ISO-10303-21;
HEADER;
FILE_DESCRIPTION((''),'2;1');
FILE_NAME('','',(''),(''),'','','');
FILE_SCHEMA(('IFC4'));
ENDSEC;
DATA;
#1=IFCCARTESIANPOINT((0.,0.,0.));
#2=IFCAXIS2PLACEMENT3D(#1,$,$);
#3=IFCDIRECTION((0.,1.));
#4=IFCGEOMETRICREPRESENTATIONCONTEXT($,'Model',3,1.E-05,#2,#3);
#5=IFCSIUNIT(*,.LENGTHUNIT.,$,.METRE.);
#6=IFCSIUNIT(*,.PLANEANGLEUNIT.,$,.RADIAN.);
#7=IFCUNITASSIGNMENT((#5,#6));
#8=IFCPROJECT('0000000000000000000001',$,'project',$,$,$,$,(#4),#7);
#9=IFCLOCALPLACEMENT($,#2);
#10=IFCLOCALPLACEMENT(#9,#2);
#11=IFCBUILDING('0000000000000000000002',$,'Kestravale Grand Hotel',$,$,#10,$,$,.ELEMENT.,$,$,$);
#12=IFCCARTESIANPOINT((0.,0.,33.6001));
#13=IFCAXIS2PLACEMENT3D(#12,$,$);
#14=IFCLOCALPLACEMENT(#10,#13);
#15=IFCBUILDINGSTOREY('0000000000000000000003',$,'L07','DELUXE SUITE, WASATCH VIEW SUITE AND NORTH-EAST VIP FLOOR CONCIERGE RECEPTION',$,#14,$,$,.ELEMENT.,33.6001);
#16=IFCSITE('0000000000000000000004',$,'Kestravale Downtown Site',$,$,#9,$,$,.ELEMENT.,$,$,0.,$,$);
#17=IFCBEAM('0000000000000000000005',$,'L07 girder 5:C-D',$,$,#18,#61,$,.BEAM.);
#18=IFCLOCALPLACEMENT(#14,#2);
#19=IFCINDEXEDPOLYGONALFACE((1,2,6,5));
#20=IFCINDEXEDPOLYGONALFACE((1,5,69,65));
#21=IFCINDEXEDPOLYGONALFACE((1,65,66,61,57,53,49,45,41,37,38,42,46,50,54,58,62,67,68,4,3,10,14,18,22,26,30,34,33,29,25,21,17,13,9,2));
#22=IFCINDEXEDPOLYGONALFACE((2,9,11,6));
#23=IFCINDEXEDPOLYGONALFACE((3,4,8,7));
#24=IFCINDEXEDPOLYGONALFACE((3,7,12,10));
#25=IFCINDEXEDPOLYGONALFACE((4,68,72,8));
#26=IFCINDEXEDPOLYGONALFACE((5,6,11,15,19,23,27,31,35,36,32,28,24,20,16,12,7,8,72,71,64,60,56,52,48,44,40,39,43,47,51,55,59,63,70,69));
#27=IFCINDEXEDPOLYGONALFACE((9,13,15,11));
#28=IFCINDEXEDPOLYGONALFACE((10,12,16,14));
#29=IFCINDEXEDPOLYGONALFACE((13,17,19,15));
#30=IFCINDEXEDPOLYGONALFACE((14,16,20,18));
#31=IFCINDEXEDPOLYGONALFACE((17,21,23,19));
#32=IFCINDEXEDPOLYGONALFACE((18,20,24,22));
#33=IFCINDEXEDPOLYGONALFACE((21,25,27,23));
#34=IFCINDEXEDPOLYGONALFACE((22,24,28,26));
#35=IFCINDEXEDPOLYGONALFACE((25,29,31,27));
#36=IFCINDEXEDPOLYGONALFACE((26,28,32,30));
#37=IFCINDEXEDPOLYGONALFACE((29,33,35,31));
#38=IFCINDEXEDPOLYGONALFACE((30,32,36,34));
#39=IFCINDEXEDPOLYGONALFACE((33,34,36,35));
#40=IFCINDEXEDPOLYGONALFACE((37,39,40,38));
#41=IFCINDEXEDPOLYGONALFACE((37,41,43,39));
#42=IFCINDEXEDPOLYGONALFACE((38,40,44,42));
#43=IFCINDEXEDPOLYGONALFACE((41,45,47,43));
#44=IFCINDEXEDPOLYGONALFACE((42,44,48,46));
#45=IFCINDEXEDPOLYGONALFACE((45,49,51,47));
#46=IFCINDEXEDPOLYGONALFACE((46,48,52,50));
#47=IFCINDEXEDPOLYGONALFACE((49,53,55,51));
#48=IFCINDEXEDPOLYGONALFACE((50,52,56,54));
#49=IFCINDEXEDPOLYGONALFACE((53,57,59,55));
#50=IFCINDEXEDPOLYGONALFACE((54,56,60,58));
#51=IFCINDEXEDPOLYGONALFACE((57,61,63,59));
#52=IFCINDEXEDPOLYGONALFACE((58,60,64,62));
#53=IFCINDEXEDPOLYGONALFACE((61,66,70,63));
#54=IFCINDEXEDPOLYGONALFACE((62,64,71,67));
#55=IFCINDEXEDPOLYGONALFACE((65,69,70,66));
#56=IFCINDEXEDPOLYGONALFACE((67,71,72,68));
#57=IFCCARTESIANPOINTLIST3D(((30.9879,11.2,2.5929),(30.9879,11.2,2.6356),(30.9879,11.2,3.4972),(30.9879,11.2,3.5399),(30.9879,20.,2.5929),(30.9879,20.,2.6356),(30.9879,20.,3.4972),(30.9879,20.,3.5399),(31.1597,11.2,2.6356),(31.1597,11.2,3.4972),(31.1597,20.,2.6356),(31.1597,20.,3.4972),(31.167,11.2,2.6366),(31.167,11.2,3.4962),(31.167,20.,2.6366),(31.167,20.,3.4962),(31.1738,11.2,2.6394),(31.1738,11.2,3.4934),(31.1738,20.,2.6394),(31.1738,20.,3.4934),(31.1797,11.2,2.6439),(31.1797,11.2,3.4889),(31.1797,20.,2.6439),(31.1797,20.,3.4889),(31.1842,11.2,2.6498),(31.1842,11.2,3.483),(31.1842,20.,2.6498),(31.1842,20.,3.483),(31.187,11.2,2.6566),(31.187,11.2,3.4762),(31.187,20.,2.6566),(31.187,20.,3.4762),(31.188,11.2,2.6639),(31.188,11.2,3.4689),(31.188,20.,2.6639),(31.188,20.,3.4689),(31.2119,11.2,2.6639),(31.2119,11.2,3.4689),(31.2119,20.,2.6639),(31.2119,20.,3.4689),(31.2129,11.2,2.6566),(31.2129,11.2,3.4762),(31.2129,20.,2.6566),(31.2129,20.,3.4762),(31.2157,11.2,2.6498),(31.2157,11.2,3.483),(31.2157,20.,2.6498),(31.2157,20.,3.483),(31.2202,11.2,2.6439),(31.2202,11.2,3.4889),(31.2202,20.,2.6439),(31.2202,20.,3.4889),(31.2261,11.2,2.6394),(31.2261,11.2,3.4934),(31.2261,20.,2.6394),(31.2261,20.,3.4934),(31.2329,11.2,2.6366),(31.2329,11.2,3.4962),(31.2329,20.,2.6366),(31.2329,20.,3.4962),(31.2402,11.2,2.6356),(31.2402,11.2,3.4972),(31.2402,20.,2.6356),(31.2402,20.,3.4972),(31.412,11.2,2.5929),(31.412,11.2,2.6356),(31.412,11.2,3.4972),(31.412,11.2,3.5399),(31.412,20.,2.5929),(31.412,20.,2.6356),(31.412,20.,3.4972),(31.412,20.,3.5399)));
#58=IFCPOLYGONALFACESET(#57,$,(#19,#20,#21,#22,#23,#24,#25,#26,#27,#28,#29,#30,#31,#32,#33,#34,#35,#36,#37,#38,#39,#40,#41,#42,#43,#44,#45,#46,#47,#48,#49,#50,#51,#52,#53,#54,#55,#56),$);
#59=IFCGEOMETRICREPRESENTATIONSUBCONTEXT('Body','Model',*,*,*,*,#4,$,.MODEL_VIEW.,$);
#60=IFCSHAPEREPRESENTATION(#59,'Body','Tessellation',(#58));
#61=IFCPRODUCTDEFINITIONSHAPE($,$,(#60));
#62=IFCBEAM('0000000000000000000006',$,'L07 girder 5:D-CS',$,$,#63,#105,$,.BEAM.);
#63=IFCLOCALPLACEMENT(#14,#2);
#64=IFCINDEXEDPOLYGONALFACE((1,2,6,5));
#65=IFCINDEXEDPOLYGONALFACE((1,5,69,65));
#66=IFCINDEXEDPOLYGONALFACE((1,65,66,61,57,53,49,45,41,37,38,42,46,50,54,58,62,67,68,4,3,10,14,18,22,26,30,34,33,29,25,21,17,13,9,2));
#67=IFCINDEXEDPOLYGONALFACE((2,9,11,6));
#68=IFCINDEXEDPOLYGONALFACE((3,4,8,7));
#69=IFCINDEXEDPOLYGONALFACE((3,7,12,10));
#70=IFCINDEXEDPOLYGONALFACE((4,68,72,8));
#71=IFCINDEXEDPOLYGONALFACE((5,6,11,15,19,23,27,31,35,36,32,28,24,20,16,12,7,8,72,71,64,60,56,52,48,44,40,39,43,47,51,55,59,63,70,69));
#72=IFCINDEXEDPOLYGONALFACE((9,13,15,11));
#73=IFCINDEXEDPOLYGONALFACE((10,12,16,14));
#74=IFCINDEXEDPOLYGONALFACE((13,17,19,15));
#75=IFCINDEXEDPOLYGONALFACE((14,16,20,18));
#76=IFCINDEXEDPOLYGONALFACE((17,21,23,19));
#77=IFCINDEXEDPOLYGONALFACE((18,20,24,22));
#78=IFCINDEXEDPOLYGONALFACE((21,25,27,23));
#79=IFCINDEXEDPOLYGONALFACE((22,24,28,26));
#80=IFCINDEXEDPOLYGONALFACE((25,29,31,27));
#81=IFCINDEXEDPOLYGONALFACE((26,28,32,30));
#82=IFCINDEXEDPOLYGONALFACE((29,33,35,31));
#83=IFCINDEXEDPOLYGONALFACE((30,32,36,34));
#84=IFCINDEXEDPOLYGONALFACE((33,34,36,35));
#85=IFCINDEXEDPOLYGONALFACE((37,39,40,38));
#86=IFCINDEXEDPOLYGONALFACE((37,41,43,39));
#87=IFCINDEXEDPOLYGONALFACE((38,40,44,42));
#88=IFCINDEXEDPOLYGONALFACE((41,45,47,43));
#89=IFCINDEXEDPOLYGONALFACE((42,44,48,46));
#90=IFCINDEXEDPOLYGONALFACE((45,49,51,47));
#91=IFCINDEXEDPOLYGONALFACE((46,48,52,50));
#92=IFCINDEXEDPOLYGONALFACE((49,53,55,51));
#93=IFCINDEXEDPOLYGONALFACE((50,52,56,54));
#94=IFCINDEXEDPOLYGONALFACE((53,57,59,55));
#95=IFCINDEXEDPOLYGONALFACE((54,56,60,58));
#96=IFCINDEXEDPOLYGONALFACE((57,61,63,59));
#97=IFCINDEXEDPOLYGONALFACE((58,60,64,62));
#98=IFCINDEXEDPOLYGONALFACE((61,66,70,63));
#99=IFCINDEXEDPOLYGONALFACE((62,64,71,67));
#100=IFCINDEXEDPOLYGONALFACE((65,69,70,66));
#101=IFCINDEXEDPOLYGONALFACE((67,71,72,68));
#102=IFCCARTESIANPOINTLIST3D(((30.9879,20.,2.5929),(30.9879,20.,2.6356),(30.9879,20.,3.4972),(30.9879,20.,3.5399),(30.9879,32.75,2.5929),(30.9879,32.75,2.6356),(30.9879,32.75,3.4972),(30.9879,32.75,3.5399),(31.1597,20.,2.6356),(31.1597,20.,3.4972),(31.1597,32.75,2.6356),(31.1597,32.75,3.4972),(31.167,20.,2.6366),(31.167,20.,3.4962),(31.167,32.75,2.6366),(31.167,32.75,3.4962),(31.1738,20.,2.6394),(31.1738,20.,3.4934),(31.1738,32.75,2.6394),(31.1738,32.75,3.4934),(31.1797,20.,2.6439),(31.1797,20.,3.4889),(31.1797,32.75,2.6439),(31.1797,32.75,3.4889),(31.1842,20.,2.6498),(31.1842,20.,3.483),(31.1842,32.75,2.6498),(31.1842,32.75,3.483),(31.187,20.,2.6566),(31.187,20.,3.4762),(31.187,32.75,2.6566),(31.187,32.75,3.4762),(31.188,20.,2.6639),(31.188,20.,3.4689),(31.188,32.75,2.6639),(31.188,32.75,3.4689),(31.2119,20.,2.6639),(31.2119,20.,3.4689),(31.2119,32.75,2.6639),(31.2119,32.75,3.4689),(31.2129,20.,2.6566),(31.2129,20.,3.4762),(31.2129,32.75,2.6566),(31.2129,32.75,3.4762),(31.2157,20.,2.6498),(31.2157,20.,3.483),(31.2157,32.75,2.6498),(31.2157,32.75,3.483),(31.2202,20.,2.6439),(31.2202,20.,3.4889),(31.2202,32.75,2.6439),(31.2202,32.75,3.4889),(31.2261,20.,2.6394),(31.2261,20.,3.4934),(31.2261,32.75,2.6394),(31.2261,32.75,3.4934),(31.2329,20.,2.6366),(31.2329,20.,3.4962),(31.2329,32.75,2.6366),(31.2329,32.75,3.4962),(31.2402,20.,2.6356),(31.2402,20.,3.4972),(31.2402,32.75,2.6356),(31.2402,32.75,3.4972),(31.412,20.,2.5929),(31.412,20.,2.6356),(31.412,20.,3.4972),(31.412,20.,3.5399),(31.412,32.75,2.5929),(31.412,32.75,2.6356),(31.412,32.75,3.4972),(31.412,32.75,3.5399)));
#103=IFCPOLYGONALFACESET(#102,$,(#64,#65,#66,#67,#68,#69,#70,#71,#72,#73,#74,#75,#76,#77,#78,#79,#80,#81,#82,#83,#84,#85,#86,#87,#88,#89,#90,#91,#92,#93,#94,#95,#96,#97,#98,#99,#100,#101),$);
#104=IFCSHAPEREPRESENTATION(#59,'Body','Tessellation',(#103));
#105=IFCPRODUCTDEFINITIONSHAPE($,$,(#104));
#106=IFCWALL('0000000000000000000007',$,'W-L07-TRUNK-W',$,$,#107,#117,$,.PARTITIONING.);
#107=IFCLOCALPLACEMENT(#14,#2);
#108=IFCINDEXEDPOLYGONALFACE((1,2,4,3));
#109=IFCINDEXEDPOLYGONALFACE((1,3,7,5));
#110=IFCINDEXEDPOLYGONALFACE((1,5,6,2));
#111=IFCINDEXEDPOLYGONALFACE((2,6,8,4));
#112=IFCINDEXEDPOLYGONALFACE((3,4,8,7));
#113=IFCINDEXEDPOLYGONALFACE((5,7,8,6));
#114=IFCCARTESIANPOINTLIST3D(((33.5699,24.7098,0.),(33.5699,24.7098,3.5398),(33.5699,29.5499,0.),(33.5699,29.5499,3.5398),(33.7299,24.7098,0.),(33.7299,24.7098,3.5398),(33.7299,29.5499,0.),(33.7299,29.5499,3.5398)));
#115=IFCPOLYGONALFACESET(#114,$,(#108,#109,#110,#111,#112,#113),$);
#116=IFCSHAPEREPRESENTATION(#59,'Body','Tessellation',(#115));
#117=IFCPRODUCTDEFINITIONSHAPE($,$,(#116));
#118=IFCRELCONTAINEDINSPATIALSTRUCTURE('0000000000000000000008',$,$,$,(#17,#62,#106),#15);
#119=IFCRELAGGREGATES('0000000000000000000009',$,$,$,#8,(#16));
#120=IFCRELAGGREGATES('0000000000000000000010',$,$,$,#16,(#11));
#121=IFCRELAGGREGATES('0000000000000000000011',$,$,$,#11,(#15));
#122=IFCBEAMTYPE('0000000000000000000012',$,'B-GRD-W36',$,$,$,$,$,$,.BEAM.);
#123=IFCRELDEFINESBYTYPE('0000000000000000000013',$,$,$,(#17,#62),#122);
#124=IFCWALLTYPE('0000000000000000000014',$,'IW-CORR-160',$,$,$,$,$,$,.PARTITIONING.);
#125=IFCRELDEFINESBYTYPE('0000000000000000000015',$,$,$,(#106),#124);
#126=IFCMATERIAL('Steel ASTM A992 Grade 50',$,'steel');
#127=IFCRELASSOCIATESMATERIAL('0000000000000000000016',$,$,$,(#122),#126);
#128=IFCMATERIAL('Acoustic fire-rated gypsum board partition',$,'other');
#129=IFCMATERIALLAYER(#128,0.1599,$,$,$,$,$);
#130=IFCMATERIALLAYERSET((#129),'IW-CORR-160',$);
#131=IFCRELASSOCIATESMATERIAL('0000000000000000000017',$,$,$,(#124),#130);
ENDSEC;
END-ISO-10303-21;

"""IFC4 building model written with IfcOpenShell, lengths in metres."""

from ifc_helpers import new_model, si_unit, direction, frame, frame_2d, origin, origin_2d, place, context, subcontext, project, spatial, rectangle, i_section, extrude, material, layer, layer_set, material_profile, profile_set, type_object, element, save


model = new_model("IFC4")

# Units and contexts
model_context = context("Model", 3, precision=1e-05, world=origin(), true_north=direction((0.0, 1.0)))
body_context = subcontext(model_context, "Body", "Model", "MODEL_VIEW")
ifc_project = project(units=[si_unit("LENGTHUNIT", "METRE"), si_unit("PLANEANGLEUNIT", "RADIAN")], contexts=[model_context])

# Site, building, storey
site_placement = place(None, origin())
site = spatial("IfcSite", under=ifc_project, at=site_placement, Name="Kestravale Downtown Site", CompositionType="ELEMENT", RefElevation=0.0)
building_placement = place(site_placement, origin())
building = spatial("IfcBuilding", under=site, at=building_placement, Name="Kestravale Grand Hotel", CompositionType="ELEMENT")
storey_placement = place(building_placement, frame((0.0, 0.0, 33.6001)))
storey = spatial("IfcBuildingStorey", under=building, at=storey_placement, Name="L07", Description="DELUXE SUITE, WASATCH VIEW SUITE AND NORTH-EAST VIP FLOOR CONCIERGE RECEPTION", CompositionType="ELEMENT", Elevation=33.6001)

# Beams
ifc_material_1 = material(Name="Steel ASTM A992 Grade 50", Category="steel")
ifc_material_profile_1 = material_profile(ifc_material_1, i_section(OverallWidth=0.4241, OverallDepth=0.947, WebThickness=0.0239, FlangeThickness=0.0427, FilletRadius=0.0283, at=origin_2d()))
ifc_profile_set_1 = profile_set([ifc_material_profile_1], Name="Steel ASTM A992 Grade 50")
beam_type_1 = type_object("IfcBeamType", Name="B-GRD-W36", PredefinedType="BEAM", material=ifc_profile_set_1)
beam_1_placement = place(storey_placement, frame((31.2, 11.2, 3.0664), z_axis=(0.0, 1.0, 0.0), x_axis=(-1.0, 0.0, 0.0)))
element("IfcBeam", 1, at=beam_1_placement, inside=storey, type_object=beam_type_1, Name="L07 girder 5:C-D", PredefinedType="BEAM", context=body_context, shape_type="SweptSolid", body=[
    extrude(i_section(OverallWidth=0.4241, OverallDepth=0.947, WebThickness=0.0239, FlangeThickness=0.0427, FilletRadius=0.0283, at=origin_2d()), origin(), (0.0, 0.0, 1.0), 8.8),
])
beam_2_placement = place(storey_placement, frame((31.2, 20.0, 3.0664), z_axis=(0.0, 1.0, 0.0), x_axis=(-1.0, 0.0, 0.0)))
element("IfcBeam", 2, at=beam_2_placement, inside=storey, type_object=beam_type_1, Name="L07 girder 5:D-CS", PredefinedType="BEAM", context=body_context, shape_type="SweptSolid", body=[
    extrude(i_section(OverallWidth=0.4241, OverallDepth=0.947, WebThickness=0.0239, FlangeThickness=0.0427, FilletRadius=0.0283, at=origin_2d()), origin(), (0.0, 0.0, 1.0), 12.75),
])

# Wall
ifc_material_2 = material(Name="Acoustic fire-rated gypsum board partition", Category="other")
ifc_layer_1 = layer(ifc_material_2, 0.1599)
ifc_layer_set_1 = layer_set([ifc_layer_1], Name="IW-CORR-160")
wall_type_1 = type_object("IfcWallType", Name="IW-CORR-160", PredefinedType="PARTITIONING", material=ifc_layer_set_1)
wall_1_placement = place(storey_placement, frame((33.6499, 24.71, 0.0), z_axis=(0.0, 0.0, 1.0), x_axis=(0.0, 1.0, 0.0)))
element("IfcWall", 3, at=wall_1_placement, inside=storey, type_object=wall_type_1, Name="W-L07-TRUNK-W", PredefinedType="PARTITIONING", context=body_context, shape_type="SweptSolid", body=[
    extrude(rectangle(XDim=4.8401, YDim=0.1599, at=frame_2d((2.4199, 0.0))), origin(), (0.0, 0.0, 1.0), 3.5398),
])

save(model, "model.ifc")
